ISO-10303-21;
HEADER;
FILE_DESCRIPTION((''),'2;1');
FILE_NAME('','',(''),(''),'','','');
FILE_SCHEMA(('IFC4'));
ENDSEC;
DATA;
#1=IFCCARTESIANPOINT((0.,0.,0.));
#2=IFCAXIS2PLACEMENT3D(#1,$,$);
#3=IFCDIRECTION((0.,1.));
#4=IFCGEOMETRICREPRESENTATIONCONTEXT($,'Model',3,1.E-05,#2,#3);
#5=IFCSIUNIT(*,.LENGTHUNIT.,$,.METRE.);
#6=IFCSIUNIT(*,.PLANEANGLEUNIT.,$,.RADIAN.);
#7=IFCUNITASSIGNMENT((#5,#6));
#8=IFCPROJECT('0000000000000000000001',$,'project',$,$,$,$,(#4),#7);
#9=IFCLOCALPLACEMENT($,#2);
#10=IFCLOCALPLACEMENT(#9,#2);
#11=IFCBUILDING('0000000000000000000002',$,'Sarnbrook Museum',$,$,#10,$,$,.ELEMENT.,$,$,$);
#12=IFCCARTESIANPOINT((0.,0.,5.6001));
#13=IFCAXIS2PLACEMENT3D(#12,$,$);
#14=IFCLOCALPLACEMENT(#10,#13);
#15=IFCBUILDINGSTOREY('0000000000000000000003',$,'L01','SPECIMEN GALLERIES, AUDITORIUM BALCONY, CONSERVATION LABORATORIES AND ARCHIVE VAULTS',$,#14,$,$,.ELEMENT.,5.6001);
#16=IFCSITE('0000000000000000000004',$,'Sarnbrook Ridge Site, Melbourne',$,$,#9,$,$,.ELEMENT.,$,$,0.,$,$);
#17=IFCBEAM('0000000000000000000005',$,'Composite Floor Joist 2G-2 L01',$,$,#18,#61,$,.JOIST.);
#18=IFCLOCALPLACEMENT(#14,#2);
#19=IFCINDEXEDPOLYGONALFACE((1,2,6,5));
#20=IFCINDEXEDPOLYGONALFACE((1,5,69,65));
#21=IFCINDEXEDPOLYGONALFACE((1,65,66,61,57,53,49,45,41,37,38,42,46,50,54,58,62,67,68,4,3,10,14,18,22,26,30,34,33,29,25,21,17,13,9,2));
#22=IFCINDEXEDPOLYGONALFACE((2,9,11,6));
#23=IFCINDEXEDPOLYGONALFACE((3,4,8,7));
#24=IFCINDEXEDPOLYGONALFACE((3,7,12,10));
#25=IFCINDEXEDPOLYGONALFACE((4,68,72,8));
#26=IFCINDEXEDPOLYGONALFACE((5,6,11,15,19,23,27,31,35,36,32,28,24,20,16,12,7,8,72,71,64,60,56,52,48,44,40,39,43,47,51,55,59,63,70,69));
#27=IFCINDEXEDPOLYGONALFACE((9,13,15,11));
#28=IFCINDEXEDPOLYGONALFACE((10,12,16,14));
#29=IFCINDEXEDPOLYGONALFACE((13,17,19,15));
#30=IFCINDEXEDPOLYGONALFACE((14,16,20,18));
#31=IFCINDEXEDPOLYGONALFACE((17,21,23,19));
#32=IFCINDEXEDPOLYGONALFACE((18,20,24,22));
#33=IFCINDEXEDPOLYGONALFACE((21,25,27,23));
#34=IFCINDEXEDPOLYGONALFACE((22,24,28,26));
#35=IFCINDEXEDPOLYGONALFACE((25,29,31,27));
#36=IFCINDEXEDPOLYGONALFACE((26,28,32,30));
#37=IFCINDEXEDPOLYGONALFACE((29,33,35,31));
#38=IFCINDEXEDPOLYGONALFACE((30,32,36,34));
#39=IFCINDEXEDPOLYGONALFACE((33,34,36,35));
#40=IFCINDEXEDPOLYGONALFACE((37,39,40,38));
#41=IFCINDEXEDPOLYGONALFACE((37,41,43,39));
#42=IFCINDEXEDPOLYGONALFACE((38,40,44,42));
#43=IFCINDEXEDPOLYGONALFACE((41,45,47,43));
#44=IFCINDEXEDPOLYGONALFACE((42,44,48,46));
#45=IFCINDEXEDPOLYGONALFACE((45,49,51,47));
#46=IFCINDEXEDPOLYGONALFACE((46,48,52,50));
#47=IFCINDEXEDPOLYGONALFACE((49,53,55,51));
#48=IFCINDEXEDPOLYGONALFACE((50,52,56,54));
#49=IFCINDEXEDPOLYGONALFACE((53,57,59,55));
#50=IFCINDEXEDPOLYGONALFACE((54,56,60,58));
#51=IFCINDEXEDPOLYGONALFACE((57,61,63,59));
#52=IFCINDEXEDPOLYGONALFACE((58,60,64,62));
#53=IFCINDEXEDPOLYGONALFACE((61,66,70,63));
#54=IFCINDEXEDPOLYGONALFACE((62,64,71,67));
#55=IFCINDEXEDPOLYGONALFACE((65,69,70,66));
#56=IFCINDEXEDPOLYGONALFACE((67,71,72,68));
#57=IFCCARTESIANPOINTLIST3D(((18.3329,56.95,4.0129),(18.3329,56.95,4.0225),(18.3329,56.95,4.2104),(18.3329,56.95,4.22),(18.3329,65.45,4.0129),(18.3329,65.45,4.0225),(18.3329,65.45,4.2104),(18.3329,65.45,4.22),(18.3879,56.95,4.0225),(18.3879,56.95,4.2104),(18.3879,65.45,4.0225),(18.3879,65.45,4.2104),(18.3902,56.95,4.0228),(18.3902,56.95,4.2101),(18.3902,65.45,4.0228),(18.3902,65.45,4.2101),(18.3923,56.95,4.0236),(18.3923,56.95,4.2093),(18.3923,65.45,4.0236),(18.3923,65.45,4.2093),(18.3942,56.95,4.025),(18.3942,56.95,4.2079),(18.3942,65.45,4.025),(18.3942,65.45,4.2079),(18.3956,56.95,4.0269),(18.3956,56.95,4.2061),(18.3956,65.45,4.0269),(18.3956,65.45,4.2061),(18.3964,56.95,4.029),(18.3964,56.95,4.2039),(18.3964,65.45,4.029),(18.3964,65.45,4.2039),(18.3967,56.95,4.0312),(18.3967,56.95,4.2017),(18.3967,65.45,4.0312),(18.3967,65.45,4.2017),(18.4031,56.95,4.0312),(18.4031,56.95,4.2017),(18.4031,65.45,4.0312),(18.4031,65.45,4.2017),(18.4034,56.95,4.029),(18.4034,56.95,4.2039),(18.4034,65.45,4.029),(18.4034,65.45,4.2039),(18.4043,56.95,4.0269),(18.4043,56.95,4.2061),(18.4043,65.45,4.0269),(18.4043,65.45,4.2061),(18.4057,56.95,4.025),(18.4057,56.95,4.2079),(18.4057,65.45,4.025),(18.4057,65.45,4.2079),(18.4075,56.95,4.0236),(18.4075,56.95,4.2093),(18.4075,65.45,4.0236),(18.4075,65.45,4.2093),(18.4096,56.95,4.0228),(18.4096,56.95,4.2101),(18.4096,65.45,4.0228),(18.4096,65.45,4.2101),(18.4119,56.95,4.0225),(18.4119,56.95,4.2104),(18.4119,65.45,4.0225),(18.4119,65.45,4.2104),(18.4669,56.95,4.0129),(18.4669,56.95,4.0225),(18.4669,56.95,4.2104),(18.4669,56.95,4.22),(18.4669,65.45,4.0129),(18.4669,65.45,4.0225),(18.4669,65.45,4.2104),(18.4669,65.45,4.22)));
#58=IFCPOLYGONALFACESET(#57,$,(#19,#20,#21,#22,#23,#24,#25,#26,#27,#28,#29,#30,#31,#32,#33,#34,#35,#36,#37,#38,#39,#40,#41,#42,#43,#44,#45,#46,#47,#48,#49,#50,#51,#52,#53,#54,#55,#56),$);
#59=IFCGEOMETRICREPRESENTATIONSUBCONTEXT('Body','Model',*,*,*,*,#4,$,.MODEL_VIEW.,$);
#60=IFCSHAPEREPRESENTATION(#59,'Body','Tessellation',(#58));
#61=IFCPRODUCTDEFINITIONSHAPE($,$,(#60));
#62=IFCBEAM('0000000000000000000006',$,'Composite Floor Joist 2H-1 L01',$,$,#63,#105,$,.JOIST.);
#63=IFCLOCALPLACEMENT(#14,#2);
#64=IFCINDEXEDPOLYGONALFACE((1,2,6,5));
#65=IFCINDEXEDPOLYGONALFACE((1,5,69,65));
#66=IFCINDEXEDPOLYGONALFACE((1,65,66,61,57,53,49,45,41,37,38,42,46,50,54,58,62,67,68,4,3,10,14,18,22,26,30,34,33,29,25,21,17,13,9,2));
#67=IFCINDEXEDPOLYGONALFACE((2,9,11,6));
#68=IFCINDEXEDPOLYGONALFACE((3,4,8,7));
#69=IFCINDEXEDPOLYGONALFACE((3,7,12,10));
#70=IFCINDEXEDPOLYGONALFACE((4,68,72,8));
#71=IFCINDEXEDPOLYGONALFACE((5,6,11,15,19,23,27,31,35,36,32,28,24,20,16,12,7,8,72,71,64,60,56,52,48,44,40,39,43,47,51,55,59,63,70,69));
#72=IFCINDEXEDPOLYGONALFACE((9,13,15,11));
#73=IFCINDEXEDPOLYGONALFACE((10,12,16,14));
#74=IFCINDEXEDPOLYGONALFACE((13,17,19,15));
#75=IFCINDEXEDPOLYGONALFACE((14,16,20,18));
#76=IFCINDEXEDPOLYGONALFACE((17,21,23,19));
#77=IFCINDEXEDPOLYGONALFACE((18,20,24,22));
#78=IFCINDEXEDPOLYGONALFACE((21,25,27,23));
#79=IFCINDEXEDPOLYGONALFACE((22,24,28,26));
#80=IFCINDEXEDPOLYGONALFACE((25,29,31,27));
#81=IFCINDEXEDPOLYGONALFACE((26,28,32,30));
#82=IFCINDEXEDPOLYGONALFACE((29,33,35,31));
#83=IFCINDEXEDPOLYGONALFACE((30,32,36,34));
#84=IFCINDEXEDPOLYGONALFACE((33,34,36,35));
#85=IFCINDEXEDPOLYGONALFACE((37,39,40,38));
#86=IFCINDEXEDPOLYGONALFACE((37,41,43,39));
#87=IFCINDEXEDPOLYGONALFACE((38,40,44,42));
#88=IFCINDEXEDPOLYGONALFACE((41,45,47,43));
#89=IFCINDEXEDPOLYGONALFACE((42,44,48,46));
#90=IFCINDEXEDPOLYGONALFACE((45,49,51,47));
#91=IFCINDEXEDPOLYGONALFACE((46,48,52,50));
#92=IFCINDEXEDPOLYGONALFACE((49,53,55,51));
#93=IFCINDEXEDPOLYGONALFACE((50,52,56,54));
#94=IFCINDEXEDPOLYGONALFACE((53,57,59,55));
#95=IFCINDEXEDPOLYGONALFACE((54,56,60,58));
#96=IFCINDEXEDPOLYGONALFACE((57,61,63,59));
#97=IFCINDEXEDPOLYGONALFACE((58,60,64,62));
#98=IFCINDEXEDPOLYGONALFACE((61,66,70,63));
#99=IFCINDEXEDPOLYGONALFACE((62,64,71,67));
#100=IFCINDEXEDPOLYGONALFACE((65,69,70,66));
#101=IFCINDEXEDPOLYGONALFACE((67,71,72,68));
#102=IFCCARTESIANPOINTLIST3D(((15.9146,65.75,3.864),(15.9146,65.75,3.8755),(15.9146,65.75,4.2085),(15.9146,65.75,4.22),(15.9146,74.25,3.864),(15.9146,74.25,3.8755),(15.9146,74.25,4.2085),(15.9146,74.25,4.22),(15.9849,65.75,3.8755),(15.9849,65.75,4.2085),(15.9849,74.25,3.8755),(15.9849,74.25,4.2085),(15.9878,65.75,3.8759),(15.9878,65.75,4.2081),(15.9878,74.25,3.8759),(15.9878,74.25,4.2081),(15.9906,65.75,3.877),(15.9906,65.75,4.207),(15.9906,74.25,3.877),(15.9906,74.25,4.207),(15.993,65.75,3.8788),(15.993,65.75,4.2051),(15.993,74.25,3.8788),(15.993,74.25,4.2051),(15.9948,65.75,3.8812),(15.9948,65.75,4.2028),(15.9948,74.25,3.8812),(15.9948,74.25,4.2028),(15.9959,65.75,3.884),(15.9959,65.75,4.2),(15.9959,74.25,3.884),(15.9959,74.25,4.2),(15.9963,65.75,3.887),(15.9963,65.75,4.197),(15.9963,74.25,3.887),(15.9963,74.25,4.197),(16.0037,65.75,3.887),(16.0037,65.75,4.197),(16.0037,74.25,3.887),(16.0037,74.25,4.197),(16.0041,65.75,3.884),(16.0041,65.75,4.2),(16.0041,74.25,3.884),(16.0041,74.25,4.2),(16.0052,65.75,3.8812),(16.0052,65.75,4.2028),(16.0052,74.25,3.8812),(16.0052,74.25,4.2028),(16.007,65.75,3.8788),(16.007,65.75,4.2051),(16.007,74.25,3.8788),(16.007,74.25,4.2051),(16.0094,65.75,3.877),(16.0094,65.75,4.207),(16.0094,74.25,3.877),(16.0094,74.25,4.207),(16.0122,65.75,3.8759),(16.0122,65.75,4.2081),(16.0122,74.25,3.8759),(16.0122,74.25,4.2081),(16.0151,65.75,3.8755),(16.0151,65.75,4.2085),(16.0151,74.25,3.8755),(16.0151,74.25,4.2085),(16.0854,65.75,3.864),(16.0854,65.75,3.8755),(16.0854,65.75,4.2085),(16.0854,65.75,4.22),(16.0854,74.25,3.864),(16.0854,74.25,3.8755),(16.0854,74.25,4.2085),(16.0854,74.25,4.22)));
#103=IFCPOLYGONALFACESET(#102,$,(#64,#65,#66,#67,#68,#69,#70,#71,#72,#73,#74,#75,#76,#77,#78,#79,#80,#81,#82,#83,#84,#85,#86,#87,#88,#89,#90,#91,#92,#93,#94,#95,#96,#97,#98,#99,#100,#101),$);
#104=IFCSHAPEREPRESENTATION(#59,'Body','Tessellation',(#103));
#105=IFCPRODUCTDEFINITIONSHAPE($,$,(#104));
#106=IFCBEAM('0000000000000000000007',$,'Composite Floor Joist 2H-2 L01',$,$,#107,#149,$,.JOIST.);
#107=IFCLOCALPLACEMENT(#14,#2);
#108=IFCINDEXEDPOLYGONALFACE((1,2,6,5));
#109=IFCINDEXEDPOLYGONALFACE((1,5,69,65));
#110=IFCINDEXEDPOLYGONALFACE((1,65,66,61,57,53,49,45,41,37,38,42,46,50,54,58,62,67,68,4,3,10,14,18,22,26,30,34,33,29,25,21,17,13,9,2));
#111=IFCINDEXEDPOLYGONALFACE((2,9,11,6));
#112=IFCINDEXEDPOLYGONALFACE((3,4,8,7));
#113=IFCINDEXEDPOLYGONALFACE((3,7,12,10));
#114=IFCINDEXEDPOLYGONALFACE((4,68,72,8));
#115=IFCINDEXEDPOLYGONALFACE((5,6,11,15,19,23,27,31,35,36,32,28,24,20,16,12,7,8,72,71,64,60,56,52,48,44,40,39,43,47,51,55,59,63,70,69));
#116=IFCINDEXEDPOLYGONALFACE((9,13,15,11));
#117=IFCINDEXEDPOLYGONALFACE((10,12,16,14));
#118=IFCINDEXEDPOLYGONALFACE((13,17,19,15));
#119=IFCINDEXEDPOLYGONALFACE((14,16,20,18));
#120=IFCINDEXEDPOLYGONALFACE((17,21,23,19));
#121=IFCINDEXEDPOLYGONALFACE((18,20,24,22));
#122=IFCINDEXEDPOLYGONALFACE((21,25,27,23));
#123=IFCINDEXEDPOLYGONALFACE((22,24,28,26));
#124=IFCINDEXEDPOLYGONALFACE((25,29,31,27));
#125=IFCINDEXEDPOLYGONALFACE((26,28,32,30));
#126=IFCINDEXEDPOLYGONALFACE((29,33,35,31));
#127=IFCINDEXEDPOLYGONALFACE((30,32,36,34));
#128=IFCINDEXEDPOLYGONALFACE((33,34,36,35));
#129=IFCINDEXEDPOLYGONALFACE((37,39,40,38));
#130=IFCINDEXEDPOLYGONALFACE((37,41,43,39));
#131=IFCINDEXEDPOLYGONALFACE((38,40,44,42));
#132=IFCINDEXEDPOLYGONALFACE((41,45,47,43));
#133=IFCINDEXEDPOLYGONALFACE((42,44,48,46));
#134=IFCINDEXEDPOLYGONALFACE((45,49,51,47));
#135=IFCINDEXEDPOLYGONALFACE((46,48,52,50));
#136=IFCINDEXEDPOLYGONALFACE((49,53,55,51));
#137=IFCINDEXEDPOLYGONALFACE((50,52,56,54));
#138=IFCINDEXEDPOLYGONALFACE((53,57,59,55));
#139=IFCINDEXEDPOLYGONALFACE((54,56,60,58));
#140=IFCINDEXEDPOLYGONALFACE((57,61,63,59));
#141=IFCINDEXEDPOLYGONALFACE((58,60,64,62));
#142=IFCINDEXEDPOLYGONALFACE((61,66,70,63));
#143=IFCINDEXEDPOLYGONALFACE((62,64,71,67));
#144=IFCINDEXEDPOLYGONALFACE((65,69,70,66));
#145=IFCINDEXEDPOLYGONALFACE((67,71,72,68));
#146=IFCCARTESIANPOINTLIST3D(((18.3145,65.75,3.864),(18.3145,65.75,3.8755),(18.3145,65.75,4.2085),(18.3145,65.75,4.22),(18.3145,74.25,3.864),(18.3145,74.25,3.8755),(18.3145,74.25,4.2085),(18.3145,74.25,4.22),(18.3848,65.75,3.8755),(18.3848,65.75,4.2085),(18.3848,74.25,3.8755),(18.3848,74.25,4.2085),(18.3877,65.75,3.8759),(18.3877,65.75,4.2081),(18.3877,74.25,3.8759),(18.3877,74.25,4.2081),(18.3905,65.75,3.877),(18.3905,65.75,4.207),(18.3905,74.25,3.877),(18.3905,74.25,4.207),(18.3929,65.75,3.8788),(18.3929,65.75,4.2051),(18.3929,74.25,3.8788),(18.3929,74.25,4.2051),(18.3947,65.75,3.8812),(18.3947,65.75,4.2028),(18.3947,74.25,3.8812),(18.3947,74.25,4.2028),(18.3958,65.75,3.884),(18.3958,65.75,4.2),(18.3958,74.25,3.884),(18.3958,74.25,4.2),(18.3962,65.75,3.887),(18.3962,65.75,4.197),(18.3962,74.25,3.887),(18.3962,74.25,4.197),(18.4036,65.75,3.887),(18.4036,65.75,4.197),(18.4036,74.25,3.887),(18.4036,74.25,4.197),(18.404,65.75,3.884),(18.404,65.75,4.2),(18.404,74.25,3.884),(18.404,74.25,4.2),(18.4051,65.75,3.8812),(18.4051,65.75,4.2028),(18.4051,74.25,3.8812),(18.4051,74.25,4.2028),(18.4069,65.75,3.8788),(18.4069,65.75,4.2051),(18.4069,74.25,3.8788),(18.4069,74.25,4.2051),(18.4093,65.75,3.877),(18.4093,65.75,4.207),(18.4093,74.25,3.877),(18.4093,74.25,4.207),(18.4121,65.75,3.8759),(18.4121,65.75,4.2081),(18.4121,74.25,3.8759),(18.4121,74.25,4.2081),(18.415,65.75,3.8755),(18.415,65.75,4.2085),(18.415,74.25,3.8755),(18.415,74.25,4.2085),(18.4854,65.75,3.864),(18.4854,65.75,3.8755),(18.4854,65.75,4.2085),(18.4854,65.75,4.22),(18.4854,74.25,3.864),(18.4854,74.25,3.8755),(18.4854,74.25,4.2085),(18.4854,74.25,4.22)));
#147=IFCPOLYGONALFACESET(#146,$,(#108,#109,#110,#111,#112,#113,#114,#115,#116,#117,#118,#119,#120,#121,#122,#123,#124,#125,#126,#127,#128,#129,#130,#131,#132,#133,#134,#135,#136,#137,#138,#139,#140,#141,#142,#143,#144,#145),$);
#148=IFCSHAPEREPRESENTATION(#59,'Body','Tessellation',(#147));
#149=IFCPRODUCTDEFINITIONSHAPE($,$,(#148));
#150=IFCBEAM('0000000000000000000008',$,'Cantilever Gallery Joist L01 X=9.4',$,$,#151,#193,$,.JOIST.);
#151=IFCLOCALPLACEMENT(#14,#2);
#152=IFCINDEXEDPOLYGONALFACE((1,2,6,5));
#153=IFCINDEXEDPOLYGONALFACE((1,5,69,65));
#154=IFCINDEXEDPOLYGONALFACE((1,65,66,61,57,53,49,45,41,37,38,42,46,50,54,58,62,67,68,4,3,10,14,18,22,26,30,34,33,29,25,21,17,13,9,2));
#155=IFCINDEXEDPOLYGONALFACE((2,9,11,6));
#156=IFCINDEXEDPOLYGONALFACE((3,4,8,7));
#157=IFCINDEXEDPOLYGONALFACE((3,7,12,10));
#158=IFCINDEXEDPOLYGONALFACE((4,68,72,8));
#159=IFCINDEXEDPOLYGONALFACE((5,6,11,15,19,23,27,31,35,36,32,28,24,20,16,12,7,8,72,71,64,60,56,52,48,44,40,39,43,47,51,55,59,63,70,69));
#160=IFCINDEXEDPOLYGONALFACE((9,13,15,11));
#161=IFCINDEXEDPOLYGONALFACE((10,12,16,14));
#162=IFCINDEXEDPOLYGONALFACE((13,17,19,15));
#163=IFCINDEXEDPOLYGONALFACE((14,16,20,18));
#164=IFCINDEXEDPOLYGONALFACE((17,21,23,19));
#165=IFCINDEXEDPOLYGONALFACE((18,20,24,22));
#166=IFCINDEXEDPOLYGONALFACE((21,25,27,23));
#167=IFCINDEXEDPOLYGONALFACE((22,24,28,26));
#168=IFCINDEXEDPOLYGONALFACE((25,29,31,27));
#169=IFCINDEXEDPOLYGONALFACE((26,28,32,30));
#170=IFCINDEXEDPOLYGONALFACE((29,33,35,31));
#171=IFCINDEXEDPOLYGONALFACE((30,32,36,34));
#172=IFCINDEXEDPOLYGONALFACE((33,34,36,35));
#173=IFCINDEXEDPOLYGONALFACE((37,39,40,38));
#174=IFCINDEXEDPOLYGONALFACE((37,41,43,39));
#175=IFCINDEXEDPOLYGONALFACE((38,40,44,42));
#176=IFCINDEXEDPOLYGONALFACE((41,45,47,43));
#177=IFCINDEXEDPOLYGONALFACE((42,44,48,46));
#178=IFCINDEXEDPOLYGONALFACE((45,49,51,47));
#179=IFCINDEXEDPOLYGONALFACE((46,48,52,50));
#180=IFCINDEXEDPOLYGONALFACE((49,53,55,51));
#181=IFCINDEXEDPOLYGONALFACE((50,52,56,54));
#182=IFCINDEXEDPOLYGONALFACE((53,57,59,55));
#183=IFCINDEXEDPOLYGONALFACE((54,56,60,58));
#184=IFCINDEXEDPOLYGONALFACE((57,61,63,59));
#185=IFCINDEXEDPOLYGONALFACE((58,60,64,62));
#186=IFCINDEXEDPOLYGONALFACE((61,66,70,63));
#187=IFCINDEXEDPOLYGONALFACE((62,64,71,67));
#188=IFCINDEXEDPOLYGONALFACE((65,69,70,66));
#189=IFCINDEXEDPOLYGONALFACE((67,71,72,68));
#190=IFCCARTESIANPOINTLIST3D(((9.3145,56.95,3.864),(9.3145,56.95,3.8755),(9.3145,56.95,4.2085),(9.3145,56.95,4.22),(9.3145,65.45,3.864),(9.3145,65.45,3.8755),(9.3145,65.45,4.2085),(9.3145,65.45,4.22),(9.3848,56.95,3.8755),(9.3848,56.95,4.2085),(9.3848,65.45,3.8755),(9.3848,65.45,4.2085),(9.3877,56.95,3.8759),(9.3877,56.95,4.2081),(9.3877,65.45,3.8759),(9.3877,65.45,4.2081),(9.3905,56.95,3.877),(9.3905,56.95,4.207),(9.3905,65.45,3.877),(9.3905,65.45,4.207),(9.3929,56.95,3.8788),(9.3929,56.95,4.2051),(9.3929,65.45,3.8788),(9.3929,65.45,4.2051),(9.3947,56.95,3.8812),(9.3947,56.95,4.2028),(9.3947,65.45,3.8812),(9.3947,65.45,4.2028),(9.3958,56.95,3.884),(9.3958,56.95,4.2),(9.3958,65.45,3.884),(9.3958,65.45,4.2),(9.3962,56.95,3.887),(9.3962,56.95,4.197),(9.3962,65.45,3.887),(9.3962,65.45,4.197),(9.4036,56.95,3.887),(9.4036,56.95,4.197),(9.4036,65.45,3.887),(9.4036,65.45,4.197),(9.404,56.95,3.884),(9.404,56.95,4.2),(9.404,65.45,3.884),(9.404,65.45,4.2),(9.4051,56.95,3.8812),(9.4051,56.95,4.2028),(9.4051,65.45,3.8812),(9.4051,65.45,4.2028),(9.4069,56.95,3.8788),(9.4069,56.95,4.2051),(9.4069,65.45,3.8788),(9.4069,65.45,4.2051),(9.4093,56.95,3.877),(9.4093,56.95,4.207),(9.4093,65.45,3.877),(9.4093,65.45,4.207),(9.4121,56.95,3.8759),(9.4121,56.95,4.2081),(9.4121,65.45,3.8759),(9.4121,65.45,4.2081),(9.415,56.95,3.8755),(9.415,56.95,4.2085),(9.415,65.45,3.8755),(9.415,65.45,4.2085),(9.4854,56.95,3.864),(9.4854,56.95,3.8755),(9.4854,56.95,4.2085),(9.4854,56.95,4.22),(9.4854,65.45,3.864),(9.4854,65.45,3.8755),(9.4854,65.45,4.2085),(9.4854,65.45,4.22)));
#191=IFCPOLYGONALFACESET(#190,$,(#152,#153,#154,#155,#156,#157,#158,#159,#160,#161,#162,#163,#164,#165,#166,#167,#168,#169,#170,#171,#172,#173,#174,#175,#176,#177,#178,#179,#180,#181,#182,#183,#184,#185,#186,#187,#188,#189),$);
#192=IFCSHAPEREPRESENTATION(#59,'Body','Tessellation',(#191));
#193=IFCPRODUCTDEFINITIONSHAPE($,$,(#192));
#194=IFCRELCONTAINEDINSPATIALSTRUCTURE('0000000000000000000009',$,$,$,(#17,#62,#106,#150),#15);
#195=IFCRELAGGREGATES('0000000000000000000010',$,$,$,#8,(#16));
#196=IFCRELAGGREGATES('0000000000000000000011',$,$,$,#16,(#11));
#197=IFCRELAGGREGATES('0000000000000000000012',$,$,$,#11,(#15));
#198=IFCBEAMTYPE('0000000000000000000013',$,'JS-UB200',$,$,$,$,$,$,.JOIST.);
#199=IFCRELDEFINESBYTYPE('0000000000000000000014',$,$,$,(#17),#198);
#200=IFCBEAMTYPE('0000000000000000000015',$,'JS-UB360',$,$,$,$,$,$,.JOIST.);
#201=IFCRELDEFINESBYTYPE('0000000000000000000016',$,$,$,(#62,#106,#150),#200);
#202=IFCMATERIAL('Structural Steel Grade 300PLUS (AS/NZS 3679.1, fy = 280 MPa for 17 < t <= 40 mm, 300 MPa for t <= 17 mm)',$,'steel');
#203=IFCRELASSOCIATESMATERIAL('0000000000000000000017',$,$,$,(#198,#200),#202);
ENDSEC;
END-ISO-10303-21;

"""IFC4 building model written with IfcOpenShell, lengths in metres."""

from ifc_helpers import new_model, si_unit, direction, frame, origin, origin_2d, place, context, subcontext, project, spatial, i_section, extrude, material, material_profile, profile_set, type_object, element, save


model = new_model("IFC4")

# Units and contexts
model_context = context("Model", 3, precision=1e-05, world=origin(), true_north=direction((0.0, 1.0)))
body_context = subcontext(model_context, "Body", "Model", "MODEL_VIEW")
ifc_project = project(units=[si_unit("LENGTHUNIT", "METRE"), si_unit("PLANEANGLEUNIT", "RADIAN")], contexts=[model_context])

# Site, building, storey
site_placement = place(None, origin())
site = spatial("IfcSite", under=ifc_project, at=site_placement, Name="Sarnbrook Ridge Site, Melbourne", CompositionType="ELEMENT", RefElevation=0.0)
building_placement = place(site_placement, origin())
building = spatial("IfcBuilding", under=site, at=building_placement, Name="Sarnbrook Museum", CompositionType="ELEMENT")
storey_placement = place(building_placement, frame((0.0, 0.0, 5.6001)))
storey = spatial("IfcBuildingStorey", under=building, at=storey_placement, Name="L01", Description="SPECIMEN GALLERIES, AUDITORIUM BALCONY, CONSERVATION LABORATORIES AND ARCHIVE VAULTS", CompositionType="ELEMENT", Elevation=5.6001)

# Shared definitions
ifc_material_1 = material(Name="Structural Steel Grade 300PLUS (AS/NZS 3679.1, fy = 280 MPa for 17 < t <= 40 mm, 300 MPa for t <= 17 mm)", Category="steel")

# Beams
ifc_material_profile_1 = material_profile(ifc_material_1, i_section(OverallWidth=0.134, OverallDepth=0.207, WebThickness=0.0063, FlangeThickness=0.0095, FilletRadius=0.0088, at=origin_2d()), Name="200UB29.8")
ifc_profile_set_1 = profile_set([ifc_material_profile_1], Name="Structural Steel Grade 300PLUS (AS/NZS 3679.1, fy = 280 MPa for 17 < t <= 40 mm, 300 MPa for t <= 17 mm)")
beam_type_1 = type_object("IfcBeamType", Name="JS-UB200", PredefinedType="JOIST", material=ifc_profile_set_1)
for number, where, z_axis, x_axis, name in (
    (1, (18.3999, 56.95, 4.1165), (0.0, 1.0, 0.0), (-1.0, 0.0, 0.0), "Composite Floor Joist 2G-2 L01"),
):
    element("IfcBeam", number, at=place(storey_placement, frame(where, z_axis=z_axis, x_axis=x_axis)), inside=storey, type_object=beam_type_1, Name=name, PredefinedType="JOIST", context=body_context, shape_type="SweptSolid", body=[
        extrude(i_section(OverallWidth=0.134, OverallDepth=0.207, WebThickness=0.0063, FlangeThickness=0.0095, FilletRadius=0.0088, at=origin_2d()), origin(), (0.0, 0.0, 1.0), 8.5),
    ])
ifc_material_profile_2 = material_profile(ifc_material_1, i_section(OverallWidth=0.1709, OverallDepth=0.356, WebThickness=0.0073, FlangeThickness=0.0115, FilletRadius=0.0115, at=origin_2d()), Name="360UB50.7")
ifc_profile_set_2 = profile_set([ifc_material_profile_2], Name="Structural Steel Grade 300PLUS (AS/NZS 3679.1, fy = 280 MPa for 17 < t <= 40 mm, 300 MPa for t <= 17 mm)")
beam_type_2 = type_object("IfcBeamType", Name="JS-UB360", PredefinedType="JOIST", material=ifc_profile_set_2)
for number, where, z_axis, x_axis, name in (
    (2, (16.0, 65.75, 4.042), (0.0, 1.0, 0.0), (-1.0, 0.0, 0.0), "Composite Floor Joist 2H-1 L01"),
    (3, (18.3999, 65.75, 4.042), (0.0, 1.0, 0.0), (-1.0, 0.0, 0.0), "Composite Floor Joist 2H-2 L01"),
    (4, (9.3999, 56.95, 4.042), (0.0, 1.0, 0.0), (-1.0, 0.0, 0.0), "Cantilever Gallery Joist L01 X=9.4"),
):
    element("IfcBeam", number, at=place(storey_placement, frame(where, z_axis=z_axis, x_axis=x_axis)), inside=storey, type_object=beam_type_2, Name=name, PredefinedType="JOIST", context=body_context, shape_type="SweptSolid", body=[
        extrude(i_section(OverallWidth=0.1709, OverallDepth=0.356, WebThickness=0.0073, FlangeThickness=0.0115, FilletRadius=0.0115, at=origin_2d()), origin(), (0.0, 0.0, 1.0), 8.5),
    ])

save(model, "model.ifc")
